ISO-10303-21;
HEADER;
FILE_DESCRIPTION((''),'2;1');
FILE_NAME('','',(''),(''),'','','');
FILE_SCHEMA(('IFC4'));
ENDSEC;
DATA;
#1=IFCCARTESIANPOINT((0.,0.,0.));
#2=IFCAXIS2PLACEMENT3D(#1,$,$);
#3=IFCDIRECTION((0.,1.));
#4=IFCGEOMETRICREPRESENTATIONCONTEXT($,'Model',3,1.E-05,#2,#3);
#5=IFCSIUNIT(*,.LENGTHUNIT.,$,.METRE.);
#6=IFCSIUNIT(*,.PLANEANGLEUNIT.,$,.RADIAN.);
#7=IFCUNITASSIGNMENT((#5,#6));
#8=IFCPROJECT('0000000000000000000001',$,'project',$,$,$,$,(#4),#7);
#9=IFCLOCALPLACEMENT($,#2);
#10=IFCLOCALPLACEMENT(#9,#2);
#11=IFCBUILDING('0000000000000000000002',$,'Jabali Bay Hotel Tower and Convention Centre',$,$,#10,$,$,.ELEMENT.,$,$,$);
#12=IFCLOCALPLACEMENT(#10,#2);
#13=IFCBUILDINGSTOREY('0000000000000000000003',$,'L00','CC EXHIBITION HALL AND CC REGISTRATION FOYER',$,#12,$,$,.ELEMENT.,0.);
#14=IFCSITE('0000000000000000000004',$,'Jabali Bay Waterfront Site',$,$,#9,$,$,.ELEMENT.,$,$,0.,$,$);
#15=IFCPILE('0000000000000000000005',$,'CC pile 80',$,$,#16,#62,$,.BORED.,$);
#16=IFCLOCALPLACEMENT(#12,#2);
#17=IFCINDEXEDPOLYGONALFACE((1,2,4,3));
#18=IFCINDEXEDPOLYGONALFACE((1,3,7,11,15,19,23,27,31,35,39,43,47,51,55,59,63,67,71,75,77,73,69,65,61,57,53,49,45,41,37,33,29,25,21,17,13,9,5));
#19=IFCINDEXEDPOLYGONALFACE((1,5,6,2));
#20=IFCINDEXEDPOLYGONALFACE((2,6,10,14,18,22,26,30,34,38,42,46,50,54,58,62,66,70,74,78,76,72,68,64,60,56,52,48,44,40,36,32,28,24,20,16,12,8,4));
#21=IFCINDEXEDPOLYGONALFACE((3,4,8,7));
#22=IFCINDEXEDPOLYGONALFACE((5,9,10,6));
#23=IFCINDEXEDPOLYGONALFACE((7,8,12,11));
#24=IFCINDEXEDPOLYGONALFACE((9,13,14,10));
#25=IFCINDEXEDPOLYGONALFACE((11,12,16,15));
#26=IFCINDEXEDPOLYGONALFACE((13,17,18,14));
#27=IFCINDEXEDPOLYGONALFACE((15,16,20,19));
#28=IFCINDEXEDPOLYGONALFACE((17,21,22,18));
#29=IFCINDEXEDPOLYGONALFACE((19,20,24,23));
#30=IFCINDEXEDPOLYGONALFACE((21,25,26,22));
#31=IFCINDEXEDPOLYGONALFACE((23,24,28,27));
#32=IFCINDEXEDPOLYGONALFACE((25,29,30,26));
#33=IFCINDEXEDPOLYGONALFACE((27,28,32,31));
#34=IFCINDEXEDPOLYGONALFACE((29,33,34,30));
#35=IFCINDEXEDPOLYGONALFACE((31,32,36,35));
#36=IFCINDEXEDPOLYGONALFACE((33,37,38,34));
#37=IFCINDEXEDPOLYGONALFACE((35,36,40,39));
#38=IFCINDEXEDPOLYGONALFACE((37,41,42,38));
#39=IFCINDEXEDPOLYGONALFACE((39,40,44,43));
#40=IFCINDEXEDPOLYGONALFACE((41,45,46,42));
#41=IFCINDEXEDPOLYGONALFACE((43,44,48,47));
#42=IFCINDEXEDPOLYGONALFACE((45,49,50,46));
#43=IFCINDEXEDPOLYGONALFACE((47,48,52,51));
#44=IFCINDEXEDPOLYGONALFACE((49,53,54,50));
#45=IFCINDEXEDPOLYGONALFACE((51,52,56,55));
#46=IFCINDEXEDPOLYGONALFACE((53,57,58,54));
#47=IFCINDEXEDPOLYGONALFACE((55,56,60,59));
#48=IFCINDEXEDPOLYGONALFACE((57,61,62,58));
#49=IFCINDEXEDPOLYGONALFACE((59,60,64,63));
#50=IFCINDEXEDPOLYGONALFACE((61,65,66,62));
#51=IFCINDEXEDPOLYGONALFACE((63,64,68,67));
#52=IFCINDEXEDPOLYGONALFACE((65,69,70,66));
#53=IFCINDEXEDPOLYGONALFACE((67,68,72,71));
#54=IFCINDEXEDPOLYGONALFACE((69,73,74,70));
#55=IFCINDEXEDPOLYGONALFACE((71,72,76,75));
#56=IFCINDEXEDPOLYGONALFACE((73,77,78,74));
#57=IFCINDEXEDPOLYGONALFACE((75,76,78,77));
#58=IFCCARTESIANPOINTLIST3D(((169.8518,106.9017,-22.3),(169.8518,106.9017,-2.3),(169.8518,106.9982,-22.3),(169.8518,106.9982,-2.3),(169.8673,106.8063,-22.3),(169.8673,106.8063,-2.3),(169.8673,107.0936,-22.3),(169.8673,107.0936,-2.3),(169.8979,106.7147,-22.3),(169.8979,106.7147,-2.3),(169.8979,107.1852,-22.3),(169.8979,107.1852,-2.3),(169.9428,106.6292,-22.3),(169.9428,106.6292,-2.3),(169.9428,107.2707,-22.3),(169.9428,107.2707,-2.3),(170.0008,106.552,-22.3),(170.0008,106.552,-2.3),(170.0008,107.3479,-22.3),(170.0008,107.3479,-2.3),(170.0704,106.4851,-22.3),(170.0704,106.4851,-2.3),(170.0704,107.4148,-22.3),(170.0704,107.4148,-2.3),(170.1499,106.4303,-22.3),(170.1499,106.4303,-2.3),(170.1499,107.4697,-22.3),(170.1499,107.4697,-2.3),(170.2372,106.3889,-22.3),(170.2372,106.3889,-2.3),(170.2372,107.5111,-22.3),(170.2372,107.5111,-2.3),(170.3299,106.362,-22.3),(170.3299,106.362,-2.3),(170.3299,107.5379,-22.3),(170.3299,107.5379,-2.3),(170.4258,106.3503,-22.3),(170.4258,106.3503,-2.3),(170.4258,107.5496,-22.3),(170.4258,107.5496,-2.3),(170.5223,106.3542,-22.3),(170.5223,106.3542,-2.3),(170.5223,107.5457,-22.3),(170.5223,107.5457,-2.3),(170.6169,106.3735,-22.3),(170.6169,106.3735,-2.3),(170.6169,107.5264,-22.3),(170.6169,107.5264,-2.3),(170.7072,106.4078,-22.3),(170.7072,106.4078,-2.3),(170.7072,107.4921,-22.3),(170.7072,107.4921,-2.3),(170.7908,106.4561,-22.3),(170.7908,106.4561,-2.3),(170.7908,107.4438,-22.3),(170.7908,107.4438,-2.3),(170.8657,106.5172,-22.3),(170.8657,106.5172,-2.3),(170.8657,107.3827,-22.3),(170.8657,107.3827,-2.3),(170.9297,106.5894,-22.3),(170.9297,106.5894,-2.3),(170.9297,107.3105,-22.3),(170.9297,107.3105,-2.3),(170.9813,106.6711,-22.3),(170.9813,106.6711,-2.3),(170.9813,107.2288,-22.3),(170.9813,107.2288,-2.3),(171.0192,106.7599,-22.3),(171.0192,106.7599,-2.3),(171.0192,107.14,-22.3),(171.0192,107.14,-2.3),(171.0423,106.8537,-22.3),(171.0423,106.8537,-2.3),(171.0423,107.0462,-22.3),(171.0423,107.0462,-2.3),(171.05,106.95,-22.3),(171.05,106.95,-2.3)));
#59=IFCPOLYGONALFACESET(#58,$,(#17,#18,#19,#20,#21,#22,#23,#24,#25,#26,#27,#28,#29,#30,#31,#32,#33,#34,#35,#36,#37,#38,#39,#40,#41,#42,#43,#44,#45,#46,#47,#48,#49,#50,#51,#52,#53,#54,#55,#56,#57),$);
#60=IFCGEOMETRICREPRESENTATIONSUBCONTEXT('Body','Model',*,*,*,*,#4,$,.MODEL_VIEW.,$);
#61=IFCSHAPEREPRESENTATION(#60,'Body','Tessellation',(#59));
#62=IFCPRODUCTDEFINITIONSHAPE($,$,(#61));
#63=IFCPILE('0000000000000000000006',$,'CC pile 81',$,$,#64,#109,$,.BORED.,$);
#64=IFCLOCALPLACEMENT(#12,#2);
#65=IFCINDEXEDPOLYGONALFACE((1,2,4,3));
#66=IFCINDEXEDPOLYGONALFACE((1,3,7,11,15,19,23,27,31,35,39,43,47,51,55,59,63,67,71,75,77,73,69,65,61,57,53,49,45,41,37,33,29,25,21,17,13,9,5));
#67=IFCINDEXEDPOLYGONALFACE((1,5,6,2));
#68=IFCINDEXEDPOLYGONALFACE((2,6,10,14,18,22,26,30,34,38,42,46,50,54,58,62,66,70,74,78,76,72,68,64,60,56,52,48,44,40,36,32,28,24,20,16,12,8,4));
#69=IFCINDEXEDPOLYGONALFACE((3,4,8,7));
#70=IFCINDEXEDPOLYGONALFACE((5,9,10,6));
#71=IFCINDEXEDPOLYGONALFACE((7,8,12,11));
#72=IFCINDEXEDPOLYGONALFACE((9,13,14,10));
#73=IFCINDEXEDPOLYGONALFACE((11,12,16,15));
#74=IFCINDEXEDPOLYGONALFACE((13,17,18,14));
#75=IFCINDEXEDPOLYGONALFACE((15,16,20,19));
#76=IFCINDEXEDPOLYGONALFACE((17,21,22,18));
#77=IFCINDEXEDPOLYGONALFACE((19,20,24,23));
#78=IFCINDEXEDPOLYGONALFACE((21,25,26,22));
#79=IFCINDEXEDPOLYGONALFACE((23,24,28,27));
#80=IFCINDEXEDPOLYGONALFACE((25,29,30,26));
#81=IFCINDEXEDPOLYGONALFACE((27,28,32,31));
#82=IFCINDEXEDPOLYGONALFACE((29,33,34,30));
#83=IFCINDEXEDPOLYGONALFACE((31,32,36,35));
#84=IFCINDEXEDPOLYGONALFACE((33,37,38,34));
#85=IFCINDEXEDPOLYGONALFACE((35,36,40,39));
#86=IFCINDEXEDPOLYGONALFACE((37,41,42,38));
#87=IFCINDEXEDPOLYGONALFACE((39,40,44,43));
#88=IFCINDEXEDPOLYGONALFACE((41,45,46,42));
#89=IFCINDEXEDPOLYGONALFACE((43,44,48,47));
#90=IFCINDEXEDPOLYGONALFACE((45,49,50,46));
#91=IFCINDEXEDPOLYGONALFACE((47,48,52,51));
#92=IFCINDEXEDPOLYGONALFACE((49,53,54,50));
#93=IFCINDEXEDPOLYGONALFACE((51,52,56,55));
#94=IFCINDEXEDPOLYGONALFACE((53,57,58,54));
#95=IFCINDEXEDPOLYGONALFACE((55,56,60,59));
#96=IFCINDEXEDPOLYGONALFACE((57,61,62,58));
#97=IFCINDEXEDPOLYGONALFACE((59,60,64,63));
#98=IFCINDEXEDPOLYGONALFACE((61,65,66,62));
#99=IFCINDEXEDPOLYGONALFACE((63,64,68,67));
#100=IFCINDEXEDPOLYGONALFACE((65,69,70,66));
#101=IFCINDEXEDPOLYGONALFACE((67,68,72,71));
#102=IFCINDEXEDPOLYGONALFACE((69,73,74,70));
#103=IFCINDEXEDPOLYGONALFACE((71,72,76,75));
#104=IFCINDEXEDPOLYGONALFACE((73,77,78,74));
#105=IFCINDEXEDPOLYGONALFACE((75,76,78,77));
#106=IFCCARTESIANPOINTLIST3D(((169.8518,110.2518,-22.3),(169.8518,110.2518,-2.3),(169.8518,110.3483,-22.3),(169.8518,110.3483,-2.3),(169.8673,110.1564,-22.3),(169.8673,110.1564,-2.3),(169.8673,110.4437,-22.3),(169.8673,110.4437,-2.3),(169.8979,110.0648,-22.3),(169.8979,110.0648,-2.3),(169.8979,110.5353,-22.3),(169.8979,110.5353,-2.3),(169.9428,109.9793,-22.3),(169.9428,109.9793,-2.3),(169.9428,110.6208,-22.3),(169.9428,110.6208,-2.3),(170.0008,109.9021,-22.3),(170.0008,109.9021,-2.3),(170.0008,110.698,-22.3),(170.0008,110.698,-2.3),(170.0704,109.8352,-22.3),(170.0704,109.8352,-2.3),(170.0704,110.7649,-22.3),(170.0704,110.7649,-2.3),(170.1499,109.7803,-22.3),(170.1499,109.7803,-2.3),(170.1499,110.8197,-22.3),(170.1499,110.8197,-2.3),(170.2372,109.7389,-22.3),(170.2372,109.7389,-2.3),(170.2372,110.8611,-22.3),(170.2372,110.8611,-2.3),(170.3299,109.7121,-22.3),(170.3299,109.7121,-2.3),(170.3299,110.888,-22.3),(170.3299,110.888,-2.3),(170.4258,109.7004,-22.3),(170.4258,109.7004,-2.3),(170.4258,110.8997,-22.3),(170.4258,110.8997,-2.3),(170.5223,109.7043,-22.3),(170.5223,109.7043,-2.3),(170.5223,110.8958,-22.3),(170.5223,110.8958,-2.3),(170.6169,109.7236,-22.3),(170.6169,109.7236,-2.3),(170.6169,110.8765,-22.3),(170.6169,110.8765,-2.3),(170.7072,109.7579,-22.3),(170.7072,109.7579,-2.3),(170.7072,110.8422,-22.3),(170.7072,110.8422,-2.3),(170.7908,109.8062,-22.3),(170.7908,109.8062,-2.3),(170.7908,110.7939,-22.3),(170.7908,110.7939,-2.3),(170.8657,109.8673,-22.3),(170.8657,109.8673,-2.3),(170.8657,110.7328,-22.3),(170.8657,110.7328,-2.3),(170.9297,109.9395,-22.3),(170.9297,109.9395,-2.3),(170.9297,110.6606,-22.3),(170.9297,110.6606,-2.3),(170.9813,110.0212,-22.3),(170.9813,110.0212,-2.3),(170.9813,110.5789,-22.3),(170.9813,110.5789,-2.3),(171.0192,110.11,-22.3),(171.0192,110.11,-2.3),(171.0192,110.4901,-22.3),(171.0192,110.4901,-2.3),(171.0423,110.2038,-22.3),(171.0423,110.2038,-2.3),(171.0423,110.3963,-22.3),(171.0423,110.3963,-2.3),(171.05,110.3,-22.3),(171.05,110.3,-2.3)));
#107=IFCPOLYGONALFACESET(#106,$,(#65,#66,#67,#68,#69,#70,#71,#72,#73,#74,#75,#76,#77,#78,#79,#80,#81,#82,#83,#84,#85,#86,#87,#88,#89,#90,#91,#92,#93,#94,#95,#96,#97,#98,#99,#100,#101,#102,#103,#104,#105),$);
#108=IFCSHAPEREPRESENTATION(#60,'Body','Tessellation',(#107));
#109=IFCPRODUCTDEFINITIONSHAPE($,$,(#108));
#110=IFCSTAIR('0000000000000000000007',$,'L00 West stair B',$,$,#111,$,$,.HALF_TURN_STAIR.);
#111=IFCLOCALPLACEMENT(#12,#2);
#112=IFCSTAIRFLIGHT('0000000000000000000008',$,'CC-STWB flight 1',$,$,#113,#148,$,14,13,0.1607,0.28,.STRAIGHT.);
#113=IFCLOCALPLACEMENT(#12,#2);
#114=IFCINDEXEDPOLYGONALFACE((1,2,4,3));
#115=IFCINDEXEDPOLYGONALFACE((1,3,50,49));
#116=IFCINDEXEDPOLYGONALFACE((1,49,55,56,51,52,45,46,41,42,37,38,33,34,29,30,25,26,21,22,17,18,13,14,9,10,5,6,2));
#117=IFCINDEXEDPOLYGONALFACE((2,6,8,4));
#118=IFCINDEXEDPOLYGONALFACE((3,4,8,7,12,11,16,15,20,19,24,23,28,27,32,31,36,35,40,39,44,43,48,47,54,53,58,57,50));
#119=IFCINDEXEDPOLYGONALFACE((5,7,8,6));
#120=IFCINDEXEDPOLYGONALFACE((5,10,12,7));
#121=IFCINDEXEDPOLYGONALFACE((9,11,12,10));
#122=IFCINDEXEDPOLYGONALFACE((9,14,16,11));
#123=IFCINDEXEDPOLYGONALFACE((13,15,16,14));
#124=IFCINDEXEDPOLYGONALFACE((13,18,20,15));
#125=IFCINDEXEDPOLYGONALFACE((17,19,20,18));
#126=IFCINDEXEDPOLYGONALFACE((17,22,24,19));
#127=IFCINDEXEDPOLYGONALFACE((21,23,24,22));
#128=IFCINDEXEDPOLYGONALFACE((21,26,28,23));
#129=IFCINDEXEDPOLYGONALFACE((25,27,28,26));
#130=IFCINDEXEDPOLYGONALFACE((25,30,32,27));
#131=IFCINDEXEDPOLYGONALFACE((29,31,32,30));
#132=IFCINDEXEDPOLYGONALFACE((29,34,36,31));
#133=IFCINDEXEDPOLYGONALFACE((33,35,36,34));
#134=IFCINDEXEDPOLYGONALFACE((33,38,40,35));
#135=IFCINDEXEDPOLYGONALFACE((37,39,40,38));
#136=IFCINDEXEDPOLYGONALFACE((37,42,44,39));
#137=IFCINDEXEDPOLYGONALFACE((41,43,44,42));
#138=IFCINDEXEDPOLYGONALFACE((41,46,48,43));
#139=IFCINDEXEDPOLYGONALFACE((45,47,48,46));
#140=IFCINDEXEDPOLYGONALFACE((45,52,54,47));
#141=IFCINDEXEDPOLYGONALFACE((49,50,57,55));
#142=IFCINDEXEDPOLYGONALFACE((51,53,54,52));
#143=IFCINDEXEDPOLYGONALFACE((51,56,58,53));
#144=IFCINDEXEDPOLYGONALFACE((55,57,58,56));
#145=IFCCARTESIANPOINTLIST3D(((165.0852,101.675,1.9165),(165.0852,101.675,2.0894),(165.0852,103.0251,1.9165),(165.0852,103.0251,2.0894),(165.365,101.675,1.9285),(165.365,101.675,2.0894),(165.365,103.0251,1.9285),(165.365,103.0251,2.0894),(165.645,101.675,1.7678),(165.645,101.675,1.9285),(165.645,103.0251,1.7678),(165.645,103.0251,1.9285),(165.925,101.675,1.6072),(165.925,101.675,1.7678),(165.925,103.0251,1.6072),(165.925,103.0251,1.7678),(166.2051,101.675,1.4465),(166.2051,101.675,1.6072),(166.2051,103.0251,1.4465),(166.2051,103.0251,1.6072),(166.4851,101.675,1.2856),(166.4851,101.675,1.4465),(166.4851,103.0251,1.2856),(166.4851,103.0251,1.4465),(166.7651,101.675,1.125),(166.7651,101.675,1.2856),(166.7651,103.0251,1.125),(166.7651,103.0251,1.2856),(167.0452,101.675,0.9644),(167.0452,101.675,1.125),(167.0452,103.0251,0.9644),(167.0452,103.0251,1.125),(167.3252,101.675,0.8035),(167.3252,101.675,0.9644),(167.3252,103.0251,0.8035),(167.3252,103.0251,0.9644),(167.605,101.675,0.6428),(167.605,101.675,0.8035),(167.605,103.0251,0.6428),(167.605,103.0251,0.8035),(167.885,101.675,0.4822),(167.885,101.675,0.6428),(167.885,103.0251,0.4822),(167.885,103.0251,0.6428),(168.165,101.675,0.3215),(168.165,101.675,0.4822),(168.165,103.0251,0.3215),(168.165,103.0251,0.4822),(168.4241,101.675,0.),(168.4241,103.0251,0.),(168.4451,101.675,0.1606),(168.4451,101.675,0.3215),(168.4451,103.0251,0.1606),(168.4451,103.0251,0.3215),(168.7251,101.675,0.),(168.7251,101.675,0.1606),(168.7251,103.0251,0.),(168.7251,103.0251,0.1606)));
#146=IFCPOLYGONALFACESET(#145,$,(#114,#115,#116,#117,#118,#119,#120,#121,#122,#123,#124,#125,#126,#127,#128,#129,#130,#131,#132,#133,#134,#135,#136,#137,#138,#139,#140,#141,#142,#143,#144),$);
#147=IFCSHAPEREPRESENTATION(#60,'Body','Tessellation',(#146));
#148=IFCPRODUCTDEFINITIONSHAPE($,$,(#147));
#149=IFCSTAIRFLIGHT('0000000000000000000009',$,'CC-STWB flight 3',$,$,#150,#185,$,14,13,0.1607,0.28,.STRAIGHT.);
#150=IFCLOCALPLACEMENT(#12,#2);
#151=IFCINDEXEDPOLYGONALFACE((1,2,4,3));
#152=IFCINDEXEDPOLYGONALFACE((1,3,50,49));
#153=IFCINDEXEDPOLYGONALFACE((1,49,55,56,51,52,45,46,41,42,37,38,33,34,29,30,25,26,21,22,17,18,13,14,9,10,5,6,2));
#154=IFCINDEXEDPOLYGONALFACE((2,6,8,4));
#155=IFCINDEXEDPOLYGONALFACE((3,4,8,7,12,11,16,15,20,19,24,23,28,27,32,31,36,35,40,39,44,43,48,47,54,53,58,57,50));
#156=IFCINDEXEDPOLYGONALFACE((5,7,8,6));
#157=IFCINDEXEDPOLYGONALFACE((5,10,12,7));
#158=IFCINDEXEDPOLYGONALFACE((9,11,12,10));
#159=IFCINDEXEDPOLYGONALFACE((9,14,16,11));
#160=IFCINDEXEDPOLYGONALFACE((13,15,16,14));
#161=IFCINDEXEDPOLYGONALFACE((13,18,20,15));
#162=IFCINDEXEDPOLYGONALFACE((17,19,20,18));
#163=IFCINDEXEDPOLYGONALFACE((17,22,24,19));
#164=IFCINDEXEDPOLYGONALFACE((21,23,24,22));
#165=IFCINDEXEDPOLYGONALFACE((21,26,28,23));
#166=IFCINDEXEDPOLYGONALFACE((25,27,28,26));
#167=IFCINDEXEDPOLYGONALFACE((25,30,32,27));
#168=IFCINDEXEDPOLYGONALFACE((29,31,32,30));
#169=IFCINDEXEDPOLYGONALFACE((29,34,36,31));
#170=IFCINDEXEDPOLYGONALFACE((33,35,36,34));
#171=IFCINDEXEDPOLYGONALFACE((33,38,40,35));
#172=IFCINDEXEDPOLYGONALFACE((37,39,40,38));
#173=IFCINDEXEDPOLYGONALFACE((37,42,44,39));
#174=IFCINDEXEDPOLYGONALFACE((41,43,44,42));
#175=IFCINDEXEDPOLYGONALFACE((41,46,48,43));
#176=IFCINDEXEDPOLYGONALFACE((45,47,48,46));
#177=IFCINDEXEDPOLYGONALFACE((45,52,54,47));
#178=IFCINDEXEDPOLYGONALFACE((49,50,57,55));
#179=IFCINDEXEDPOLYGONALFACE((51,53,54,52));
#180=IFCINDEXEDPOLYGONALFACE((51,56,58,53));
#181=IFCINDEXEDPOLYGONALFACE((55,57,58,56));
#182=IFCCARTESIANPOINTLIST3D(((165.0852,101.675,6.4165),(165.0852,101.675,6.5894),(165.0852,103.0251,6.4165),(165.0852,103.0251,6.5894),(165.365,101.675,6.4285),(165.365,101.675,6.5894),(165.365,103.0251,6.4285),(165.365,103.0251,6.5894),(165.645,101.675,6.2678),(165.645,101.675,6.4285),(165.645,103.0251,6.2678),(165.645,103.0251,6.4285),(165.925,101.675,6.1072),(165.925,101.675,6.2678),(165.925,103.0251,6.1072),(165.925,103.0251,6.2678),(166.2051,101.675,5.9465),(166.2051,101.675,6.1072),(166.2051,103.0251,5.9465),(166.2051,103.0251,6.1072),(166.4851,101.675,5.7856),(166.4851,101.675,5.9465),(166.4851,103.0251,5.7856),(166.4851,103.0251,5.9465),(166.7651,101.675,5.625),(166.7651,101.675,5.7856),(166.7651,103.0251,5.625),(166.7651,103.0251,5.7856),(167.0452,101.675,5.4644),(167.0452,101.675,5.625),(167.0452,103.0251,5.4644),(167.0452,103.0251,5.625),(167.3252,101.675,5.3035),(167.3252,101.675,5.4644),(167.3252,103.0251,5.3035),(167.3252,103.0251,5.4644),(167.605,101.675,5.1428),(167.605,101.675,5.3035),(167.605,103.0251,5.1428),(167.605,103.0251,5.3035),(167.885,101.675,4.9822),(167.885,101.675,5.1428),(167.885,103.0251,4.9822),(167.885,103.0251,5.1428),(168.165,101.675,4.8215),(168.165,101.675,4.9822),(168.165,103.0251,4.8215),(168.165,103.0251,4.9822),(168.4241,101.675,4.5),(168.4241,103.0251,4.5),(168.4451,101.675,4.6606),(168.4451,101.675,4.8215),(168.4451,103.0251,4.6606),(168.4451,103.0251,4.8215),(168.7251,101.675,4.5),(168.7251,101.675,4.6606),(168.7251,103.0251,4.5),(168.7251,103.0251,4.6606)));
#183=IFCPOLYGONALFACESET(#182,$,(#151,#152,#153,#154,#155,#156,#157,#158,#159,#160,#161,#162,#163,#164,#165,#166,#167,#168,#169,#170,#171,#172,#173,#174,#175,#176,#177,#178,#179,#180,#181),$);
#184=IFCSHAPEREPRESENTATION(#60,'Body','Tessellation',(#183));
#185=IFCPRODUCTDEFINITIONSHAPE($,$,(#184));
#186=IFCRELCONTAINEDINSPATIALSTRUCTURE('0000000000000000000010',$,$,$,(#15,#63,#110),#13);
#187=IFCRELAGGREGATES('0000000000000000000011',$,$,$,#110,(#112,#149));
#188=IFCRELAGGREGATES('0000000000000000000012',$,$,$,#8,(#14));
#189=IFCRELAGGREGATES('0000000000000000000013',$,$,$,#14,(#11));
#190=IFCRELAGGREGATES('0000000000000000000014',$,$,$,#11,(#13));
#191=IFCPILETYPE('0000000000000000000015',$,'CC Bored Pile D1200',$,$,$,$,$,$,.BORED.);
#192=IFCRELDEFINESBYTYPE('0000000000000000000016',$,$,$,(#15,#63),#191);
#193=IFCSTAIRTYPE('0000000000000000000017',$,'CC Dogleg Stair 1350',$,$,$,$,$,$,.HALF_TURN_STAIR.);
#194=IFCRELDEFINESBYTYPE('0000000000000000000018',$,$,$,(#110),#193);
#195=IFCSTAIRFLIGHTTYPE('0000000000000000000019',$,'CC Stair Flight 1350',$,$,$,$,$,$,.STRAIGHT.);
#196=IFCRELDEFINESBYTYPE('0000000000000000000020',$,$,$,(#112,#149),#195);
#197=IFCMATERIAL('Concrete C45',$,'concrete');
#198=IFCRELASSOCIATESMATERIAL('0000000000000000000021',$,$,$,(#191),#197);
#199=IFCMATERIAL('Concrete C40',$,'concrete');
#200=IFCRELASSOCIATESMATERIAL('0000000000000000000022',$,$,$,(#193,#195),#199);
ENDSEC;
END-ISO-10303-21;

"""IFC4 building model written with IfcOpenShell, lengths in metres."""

from ifc_helpers import new_model, si_unit, direction, frame, origin, origin_2d, place, context, subcontext, project, spatial, polyline, circle, outline, extrude, material, material_profile, profile_set, type_object, element, aggregate, save


model = new_model("IFC4")

# Units and contexts
model_context = context("Model", 3, precision=1e-05, world=origin(), true_north=direction((0.0, 1.0)))
body_context = subcontext(model_context, "Body", "Model", "MODEL_VIEW")
ifc_project = project(units=[si_unit("LENGTHUNIT", "METRE"), si_unit("PLANEANGLEUNIT", "RADIAN")], contexts=[model_context])

# Site, building, storey
site_placement = place(None, origin())
site = spatial("IfcSite", under=ifc_project, at=site_placement, Name="Jabali Bay Waterfront Site", CompositionType="ELEMENT", RefElevation=0.0)
building_placement = place(site_placement, origin())
building = spatial("IfcBuilding", under=site, at=building_placement, Name="Jabali Bay Hotel Tower and Convention Centre", CompositionType="ELEMENT")
storey_placement = place(building_placement, origin())
storey = spatial("IfcBuildingStorey", under=building, at=storey_placement, Name="L00", Description="CC EXHIBITION HALL AND CC REGISTRATION FOYER", CompositionType="ELEMENT", Elevation=0.0)

# Piles
ifc_material_1 = material(Name="Concrete C45", Category="concrete")
ifc_material_profile = material_profile(ifc_material_1, circle(Radius=0.6001, at=origin_2d()), Name="D1200")
ifc_profile_set = profile_set([ifc_material_profile], Name="Concrete C45")
pile_type = type_object("IfcPileType", Name="CC Bored Pile D1200", PredefinedType="BORED", material=ifc_profile_set)
for number, where, z_axis, x_axis, name in (
    (1, (170.45, 106.95, -2.3), (0.0, 0.0, -1.0), (1.0, 0.0, 0.0), "CC pile 80"),
    (2, (170.45, 110.3, -2.3), (0.0, 0.0, -1.0), (1.0, 0.0, 0.0), "CC pile 81"),
):
    element("IfcPile", number, at=place(storey_placement, frame(where, z_axis=z_axis, x_axis=x_axis)), inside=storey, type_object=pile_type, Name=name, PredefinedType="BORED", context=body_context, shape_type="SweptSolid", body=[
        extrude(circle(Radius=0.6001, at=origin_2d()), origin(), (0.0, 0.0, 1.0), 20.0),
    ])

# Stair, stair flights
ifc_material_2 = material(Name="Concrete C40", Category="concrete")
stair_type = type_object("IfcStairType", Name="CC Dogleg Stair 1350", PredefinedType="HALF_TURN_STAIR", material=ifc_material_2)
stair_placement = place(storey_placement, origin())
stair = element("IfcStair", 3, at=stair_placement, inside=storey, type_object=stair_type, Name="L00 West stair B", PredefinedType="HALF_TURN_STAIR")
stair_flight_type = type_object("IfcStairFlightType", Name="CC Stair Flight 1350", PredefinedType="STRAIGHT", material=ifc_material_2)
stair_flight_1_placement = place(storey_placement, frame((168.7251, 102.3501, 0.0), z_axis=(0.0, 0.0, 1.0), x_axis=(-1.0, 0.0, 0.0)))
stair_flight_1 = element("IfcStairFlight", 4, at=stair_flight_1_placement, type_object=stair_flight_type, Name="CC-STWB flight 1", NumberOfRisers=14, NumberOfTreads=13, PredefinedType="STRAIGHT", RiserHeight=0.1607, TreadLength=0.28, context=body_context, shape_type="SweptSolid", body=[
    extrude(outline(polyline([(0.0, 0.0), (0.0, 0.1606), (0.28, 0.1606), (0.28, 0.3215), (0.5601, 0.3215), (0.5601, 0.4822), (0.8401, 0.4822), (0.8401, 0.6428), (1.1201, 0.6428), (1.1201, 0.8035), (1.3999, 0.8035), (1.3999, 0.9644), (1.6799, 0.9644), (1.6799, 1.125), (1.96, 1.125), (1.96, 1.2856), (2.24, 1.2856), (2.24, 1.4465), (2.52, 1.4465), (2.52, 1.6072), (2.8, 1.6072), (2.8, 1.7678), (3.0801, 1.7678), (3.0801, 1.9285), (3.3601, 1.9285), (3.3601, 2.0894), (3.6399, 2.0894), (3.6399, 2.25), (3.6399, 1.9165), (0.301, 0.0), (0.0, 0.0)])), frame((0.0, 0.675, 0.0), z_axis=(0.0, -1.0, 0.0), x_axis=(1.0, 0.0, 0.0)), (0.0, 0.0, 1.0), 1.3501),
])
stair_flight_2_placement = place(storey_placement, frame((168.7251, 102.3501, 4.5), z_axis=(0.0, 0.0, 1.0), x_axis=(-1.0, 0.0, 0.0)))
stair_flight_2 = element("IfcStairFlight", 5, at=stair_flight_2_placement, type_object=stair_flight_type, Name="CC-STWB flight 3", NumberOfRisers=14, NumberOfTreads=13, PredefinedType="STRAIGHT", RiserHeight=0.1607, TreadLength=0.28, context=body_context, shape_type="SweptSolid", body=[
    extrude(outline(polyline([(0.0, 0.0), (0.0, 0.1606), (0.28, 0.1606), (0.28, 0.3215), (0.5601, 0.3215), (0.5601, 0.4822), (0.8401, 0.4822), (0.8401, 0.6428), (1.1201, 0.6428), (1.1201, 0.8035), (1.3999, 0.8035), (1.3999, 0.9644), (1.6799, 0.9644), (1.6799, 1.125), (1.96, 1.125), (1.96, 1.2856), (2.24, 1.2856), (2.24, 1.4465), (2.52, 1.4465), (2.52, 1.6072), (2.8, 1.6072), (2.8, 1.7678), (3.0801, 1.7678), (3.0801, 1.9285), (3.3601, 1.9285), (3.3601, 2.0894), (3.6399, 2.0894), (3.6399, 2.25), (3.6399, 1.9165), (0.301, 0.0), (0.0, 0.0)])), frame((0.0, 0.675, 0.0), z_axis=(0.0, -1.0, 0.0), x_axis=(1.0, 0.0, 0.0)), (0.0, 0.0, 1.0), 1.3501),
])
aggregate(stair, [stair_flight_1, stair_flight_2])

save(model, "model.ifc")
